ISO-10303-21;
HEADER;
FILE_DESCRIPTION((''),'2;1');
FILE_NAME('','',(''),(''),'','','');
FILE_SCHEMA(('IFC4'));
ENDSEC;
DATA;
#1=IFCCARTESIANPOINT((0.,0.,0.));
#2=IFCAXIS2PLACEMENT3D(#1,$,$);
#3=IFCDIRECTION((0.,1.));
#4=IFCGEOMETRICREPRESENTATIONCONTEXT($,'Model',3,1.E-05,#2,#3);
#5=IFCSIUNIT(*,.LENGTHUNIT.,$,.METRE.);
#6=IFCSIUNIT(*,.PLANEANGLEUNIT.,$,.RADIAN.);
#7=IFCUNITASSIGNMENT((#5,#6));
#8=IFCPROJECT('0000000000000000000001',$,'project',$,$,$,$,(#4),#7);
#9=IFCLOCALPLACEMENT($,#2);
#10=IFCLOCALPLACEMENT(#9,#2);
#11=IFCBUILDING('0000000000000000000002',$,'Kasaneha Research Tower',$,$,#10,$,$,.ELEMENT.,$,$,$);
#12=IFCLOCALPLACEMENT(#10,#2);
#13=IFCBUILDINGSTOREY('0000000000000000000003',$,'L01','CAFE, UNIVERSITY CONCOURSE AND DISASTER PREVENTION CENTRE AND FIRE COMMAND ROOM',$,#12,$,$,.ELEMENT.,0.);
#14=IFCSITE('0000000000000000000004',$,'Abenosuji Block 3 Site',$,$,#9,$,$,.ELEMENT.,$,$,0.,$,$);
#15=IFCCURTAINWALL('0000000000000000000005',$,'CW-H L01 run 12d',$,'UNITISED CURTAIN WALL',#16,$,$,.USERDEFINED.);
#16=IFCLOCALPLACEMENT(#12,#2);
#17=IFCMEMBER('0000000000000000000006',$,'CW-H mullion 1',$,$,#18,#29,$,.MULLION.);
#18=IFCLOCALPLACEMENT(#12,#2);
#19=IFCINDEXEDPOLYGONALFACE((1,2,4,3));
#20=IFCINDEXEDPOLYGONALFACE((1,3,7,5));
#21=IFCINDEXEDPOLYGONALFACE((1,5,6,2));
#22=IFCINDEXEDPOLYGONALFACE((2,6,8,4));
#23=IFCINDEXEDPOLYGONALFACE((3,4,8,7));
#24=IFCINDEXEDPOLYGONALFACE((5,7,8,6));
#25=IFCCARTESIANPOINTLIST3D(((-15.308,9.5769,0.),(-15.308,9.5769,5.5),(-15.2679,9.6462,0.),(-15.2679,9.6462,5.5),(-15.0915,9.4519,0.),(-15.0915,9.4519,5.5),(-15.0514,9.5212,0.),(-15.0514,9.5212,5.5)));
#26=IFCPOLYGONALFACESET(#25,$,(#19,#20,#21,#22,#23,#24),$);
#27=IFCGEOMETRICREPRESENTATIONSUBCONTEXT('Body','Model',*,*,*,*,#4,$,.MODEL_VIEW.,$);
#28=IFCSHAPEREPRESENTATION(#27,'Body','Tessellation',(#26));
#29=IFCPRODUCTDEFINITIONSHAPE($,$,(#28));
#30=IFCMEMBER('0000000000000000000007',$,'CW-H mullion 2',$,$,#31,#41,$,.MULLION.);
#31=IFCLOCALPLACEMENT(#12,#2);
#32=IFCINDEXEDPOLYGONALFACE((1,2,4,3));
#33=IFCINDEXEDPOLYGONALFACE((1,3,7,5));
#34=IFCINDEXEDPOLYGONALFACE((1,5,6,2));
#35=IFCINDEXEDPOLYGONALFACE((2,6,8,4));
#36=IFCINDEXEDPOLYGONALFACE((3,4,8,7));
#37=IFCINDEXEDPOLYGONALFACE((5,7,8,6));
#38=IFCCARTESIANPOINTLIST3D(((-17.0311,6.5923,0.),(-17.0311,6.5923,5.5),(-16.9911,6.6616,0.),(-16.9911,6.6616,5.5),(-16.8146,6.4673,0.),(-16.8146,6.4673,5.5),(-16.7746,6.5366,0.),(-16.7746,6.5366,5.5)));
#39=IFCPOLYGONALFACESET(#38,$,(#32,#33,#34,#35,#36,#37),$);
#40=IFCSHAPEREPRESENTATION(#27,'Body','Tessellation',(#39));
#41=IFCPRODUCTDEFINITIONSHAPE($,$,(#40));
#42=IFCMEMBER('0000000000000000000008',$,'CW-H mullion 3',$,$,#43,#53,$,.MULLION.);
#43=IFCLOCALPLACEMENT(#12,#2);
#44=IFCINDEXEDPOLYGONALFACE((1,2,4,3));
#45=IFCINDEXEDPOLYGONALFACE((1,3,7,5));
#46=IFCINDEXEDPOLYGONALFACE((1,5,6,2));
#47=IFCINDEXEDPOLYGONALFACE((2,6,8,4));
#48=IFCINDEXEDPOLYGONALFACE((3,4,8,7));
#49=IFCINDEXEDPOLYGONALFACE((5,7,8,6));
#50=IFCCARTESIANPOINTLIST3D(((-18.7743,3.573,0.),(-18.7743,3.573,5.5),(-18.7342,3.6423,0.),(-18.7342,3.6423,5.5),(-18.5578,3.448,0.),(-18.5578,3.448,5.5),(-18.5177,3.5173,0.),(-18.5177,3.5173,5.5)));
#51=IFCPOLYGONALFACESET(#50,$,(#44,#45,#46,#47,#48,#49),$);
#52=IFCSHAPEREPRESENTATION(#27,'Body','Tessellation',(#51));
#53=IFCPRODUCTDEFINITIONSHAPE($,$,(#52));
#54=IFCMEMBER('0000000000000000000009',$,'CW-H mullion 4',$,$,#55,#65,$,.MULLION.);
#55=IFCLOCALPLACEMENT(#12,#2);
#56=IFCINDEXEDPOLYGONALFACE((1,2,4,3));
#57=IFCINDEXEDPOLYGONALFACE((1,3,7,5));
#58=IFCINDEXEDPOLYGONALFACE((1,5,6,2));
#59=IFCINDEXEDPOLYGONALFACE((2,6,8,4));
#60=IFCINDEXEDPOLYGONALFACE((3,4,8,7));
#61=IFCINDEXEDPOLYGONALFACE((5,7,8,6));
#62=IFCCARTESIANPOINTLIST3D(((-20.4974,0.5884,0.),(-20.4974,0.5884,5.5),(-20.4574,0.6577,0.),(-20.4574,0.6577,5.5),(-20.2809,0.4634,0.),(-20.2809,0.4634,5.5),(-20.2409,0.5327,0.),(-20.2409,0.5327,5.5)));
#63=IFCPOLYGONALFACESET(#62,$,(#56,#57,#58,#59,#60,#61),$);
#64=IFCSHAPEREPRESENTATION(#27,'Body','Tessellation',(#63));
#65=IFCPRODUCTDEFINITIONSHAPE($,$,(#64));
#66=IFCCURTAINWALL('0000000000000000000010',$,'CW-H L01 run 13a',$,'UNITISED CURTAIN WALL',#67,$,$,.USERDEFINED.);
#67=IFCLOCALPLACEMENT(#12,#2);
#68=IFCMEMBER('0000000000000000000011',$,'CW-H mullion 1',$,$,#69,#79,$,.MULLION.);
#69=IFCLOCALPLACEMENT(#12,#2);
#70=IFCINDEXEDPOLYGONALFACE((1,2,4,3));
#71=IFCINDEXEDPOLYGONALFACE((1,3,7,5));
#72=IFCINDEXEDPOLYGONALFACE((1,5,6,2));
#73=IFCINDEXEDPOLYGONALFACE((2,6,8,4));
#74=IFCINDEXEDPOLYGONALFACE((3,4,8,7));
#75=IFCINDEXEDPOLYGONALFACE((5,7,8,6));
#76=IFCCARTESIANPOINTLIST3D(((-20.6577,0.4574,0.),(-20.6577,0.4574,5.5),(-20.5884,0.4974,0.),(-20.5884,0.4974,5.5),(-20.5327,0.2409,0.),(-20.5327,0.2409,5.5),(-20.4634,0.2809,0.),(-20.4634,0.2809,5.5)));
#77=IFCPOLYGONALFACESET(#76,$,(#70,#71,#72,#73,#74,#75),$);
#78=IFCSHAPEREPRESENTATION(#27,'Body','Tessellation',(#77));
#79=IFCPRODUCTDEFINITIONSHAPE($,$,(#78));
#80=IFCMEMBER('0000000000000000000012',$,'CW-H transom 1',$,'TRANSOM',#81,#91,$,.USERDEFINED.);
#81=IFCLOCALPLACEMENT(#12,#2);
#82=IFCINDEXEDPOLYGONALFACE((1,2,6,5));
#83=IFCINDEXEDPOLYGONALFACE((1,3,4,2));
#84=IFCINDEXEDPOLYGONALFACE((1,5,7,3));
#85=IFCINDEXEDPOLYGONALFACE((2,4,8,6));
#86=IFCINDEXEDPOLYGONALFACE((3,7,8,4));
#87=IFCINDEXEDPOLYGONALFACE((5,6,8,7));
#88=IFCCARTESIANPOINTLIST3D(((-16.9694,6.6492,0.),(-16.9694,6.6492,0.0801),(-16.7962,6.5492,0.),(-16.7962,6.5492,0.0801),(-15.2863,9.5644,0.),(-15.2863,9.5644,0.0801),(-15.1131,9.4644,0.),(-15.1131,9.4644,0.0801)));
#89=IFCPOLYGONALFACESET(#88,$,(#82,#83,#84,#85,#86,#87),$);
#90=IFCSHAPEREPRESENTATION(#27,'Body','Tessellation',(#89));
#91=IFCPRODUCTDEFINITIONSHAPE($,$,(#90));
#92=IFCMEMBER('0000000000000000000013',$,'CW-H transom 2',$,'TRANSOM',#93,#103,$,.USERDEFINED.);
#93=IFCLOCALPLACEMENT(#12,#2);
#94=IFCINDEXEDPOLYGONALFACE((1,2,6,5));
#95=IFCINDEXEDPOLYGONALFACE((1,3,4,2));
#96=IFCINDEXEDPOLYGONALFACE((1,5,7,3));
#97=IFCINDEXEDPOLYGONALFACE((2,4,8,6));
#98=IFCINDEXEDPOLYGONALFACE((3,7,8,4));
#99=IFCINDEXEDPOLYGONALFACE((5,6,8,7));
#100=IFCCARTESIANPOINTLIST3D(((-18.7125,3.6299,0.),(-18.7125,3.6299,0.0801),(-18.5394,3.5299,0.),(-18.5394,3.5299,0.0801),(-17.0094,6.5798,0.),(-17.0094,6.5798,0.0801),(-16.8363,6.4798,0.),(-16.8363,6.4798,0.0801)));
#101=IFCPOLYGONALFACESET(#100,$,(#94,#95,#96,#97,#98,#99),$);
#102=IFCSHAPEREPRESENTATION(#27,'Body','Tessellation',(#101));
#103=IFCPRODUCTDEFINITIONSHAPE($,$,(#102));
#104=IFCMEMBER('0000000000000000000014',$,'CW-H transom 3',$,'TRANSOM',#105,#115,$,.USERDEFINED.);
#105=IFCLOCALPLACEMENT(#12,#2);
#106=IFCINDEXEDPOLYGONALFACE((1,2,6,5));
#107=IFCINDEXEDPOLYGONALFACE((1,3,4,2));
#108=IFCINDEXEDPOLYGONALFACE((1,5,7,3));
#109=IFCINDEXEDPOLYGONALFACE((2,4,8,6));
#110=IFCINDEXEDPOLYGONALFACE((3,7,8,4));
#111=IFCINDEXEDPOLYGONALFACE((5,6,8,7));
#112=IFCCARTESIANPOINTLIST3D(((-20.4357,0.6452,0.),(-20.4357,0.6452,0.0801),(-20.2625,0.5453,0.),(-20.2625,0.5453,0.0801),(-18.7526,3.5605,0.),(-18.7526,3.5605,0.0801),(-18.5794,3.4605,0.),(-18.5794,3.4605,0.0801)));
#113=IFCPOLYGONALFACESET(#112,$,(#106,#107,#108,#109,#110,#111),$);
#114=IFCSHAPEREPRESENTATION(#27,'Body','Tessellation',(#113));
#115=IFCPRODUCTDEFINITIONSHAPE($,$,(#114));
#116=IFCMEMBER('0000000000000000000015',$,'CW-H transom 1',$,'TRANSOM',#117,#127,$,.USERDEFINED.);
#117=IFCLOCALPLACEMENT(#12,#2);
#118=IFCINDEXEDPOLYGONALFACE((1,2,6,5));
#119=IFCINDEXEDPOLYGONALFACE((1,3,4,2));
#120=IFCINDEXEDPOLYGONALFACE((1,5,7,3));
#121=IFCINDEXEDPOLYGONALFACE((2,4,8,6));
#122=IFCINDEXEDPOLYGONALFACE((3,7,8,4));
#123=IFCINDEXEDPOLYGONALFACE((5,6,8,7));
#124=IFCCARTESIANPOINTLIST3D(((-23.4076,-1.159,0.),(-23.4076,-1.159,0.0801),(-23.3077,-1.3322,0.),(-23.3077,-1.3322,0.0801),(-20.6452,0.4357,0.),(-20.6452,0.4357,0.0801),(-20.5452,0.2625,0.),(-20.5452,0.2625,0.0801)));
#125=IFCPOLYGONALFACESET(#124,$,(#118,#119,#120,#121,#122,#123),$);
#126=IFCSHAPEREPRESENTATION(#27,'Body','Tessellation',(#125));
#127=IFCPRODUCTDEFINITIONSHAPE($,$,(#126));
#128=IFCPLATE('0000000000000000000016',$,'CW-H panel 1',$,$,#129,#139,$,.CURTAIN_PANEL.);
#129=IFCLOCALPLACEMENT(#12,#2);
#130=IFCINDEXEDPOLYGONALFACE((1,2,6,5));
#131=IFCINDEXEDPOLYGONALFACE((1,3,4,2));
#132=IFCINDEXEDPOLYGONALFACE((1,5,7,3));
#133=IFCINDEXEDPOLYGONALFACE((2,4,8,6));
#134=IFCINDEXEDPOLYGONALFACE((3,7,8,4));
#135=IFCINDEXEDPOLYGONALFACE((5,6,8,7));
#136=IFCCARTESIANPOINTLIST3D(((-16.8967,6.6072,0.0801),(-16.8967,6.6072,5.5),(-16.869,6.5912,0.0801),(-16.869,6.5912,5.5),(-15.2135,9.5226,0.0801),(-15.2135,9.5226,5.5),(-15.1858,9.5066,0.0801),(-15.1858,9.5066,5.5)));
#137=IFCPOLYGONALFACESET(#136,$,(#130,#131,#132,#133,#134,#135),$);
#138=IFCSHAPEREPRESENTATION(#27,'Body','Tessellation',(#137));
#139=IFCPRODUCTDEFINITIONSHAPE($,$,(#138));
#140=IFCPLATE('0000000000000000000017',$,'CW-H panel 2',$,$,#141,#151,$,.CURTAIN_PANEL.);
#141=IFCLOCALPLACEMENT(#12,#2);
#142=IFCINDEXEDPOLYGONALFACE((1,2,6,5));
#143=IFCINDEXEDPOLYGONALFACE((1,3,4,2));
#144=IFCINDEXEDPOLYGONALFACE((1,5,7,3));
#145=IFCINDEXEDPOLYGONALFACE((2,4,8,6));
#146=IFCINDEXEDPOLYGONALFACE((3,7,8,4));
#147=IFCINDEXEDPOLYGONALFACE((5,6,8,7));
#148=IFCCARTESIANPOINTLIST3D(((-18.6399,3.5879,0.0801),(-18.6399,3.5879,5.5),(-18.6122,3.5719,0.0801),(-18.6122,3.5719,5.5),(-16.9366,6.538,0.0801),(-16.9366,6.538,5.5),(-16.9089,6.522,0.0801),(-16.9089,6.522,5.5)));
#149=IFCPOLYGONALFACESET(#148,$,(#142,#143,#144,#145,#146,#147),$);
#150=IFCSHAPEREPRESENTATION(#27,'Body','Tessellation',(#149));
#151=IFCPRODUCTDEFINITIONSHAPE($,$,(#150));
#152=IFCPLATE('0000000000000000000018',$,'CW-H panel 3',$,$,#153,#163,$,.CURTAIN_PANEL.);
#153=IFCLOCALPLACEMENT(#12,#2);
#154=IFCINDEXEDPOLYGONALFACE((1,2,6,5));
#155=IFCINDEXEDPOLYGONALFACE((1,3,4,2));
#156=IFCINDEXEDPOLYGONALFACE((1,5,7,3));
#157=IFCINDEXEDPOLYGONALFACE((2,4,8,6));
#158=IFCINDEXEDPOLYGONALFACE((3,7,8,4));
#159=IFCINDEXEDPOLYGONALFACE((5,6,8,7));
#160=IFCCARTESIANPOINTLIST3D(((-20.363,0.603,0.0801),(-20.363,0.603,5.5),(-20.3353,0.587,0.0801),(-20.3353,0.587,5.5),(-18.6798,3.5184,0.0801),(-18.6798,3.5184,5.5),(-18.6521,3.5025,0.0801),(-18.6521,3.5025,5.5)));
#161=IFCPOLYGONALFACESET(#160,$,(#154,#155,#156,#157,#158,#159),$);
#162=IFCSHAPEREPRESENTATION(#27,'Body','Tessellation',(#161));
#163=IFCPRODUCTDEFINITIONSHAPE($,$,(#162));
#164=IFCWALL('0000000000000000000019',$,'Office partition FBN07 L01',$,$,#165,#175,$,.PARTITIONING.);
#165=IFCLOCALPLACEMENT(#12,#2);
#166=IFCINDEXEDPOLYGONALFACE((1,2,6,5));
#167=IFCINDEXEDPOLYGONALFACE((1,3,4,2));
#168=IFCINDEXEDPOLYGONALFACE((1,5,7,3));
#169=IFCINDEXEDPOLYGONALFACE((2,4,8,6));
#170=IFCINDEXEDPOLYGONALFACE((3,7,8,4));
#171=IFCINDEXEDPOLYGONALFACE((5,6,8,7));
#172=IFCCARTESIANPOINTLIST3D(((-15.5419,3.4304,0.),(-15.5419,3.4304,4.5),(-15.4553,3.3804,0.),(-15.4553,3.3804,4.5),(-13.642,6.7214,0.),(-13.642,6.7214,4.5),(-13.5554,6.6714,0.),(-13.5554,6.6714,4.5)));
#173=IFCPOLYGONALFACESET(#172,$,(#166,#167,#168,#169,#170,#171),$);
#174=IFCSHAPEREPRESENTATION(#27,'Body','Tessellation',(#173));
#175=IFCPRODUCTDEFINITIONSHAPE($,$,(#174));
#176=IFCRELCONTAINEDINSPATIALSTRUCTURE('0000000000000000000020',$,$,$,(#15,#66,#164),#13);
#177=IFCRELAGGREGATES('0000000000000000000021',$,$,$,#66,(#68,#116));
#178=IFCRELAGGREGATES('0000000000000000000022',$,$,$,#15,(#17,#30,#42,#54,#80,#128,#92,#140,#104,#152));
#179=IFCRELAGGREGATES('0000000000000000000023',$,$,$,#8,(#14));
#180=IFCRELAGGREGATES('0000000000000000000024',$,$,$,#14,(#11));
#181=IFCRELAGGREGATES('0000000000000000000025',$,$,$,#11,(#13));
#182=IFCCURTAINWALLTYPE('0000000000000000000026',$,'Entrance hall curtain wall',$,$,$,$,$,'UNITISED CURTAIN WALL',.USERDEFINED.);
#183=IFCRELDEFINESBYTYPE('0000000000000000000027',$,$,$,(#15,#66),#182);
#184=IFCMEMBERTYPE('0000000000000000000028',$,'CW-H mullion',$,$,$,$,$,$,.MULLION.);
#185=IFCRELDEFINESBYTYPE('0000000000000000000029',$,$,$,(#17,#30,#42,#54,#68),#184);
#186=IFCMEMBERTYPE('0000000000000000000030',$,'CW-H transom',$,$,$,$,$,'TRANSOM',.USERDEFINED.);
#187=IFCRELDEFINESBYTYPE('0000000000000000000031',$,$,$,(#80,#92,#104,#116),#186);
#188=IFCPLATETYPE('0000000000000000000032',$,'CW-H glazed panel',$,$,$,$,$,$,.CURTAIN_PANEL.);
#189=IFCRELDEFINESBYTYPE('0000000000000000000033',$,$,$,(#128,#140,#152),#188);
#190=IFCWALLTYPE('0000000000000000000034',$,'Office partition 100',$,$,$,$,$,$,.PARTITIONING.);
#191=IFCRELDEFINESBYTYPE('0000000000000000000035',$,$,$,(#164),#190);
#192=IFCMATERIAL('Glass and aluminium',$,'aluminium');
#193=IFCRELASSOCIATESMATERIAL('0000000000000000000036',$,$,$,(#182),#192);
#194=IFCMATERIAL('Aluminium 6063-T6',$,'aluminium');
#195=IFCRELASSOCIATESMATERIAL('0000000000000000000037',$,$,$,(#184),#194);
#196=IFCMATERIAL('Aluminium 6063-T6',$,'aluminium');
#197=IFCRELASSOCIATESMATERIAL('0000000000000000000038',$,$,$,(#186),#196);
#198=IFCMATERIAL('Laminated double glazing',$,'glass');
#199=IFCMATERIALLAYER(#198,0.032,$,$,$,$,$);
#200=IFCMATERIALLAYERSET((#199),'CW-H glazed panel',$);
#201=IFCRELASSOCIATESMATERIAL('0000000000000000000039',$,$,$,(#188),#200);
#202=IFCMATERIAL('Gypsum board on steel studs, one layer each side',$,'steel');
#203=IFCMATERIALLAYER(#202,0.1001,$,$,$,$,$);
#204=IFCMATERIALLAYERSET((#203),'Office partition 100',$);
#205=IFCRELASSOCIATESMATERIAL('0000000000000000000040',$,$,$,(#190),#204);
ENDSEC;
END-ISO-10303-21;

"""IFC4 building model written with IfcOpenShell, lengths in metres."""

from ifc_helpers import new_model, si_unit, direction, frame, frame_2d, origin, origin_2d, place, context, subcontext, project, spatial, rectangle, extrude, material, layer, layer_set, material_profile, profile_set, type_object, element, aggregate, save


model = new_model("IFC4")

# Units and contexts
model_context = context("Model", 3, precision=1e-05, world=origin(), true_north=direction((0.0, 1.0)))
body_context = subcontext(model_context, "Body", "Model", "MODEL_VIEW")
ifc_project = project(units=[si_unit("LENGTHUNIT", "METRE"), si_unit("PLANEANGLEUNIT", "RADIAN")], contexts=[model_context])

# Site, building, storey
site_placement = place(None, origin())
site = spatial("IfcSite", under=ifc_project, at=site_placement, Name="Abenosuji Block 3 Site", CompositionType="ELEMENT", RefElevation=0.0)
building_placement = place(site_placement, origin())
building = spatial("IfcBuilding", under=site, at=building_placement, Name="Kasaneha Research Tower", CompositionType="ELEMENT")
storey_placement = place(building_placement, origin())
storey = spatial("IfcBuildingStorey", under=building, at=storey_placement, Name="L01", Description="CAFE, UNIVERSITY CONCOURSE AND DISASTER PREVENTION CENTRE AND FIRE COMMAND ROOM", CompositionType="ELEMENT", Elevation=0.0)

# Curtain wall, members
ifc_material_1 = material(Name="Glass and aluminium", Category="aluminium")
curtain_wall_type = type_object("IfcCurtainWallType", Name="Entrance hall curtain wall", ElementType="UNITISED CURTAIN WALL", PredefinedType="USERDEFINED", material=ifc_material_1)
curtain_wall_1_placement = place(storey_placement, origin())
curtain_wall_1 = element("IfcCurtainWall", 1, at=curtain_wall_1_placement, inside=storey, type_object=curtain_wall_type, Name="CW-H L01 run 12d", ObjectType="UNITISED CURTAIN WALL", PredefinedType="USERDEFINED")
ifc_material_2 = material(Name="Aluminium 6063-T6", Category="aluminium")
ifc_material_profile_1 = material_profile(ifc_material_2, rectangle(XDim=0.0801, YDim=0.25, at=origin_2d()), Name="CW-H mullion 80x250")
ifc_profile_set_1 = profile_set([ifc_material_profile_1], Name="Aluminium 6063-T6")
member_type_1 = type_object("IfcMemberType", Name="CW-H mullion", PredefinedType="MULLION", material=ifc_profile_set_1)
member_1_placement = place(storey_placement, frame((-15.1797, 9.5491, 0.0), z_axis=(0.0, 0.0, 1.0), x_axis=(-0.5, -0.866025, 0.0)))
member_1 = element("IfcMember", 2, at=member_1_placement, type_object=member_type_1, Name="CW-H mullion 1", PredefinedType="MULLION", context=body_context, shape_type="SweptSolid", body=[
    extrude(rectangle(XDim=0.0801, YDim=0.25, at=origin_2d()), origin(), (0.0, 0.0, 1.0), 5.5),
])
member_2_placement = place(storey_placement, frame((-16.9028, 6.5645, 0.0), z_axis=(0.0, 0.0, 1.0), x_axis=(-0.5, -0.866025, 0.0)))
member_2 = element("IfcMember", 3, at=member_2_placement, type_object=member_type_1, Name="CW-H mullion 2", PredefinedType="MULLION", context=body_context, shape_type="SweptSolid", body=[
    extrude(rectangle(XDim=0.0801, YDim=0.25, at=origin_2d()), origin(), (0.0, 0.0, 1.0), 5.5),
])
member_3_placement = place(storey_placement, frame((-18.646, 3.5452, 0.0), z_axis=(0.0, 0.0, 1.0), x_axis=(-0.5, -0.866025, 0.0)))
member_3 = element("IfcMember", 4, at=member_3_placement, type_object=member_type_1, Name="CW-H mullion 3", PredefinedType="MULLION", context=body_context, shape_type="SweptSolid", body=[
    extrude(rectangle(XDim=0.0801, YDim=0.25, at=origin_2d()), origin(), (0.0, 0.0, 1.0), 5.5),
])
member_4_placement = place(storey_placement, frame((-20.3691, 0.5605, 0.0), z_axis=(0.0, 0.0, 1.0), x_axis=(-0.5, -0.866025, 0.0)))
member_4 = element("IfcMember", 5, at=member_4_placement, type_object=member_type_1, Name="CW-H mullion 4", PredefinedType="MULLION", context=body_context, shape_type="SweptSolid", body=[
    extrude(rectangle(XDim=0.0801, YDim=0.25, at=origin_2d()), origin(), (0.0, 0.0, 1.0), 5.5),
])

# Curtain wall, member
curtain_wall_2_placement = place(storey_placement, origin())
curtain_wall_2 = element("IfcCurtainWall", 6, at=curtain_wall_2_placement, inside=storey, type_object=curtain_wall_type, Name="CW-H L01 run 13a", ObjectType="UNITISED CURTAIN WALL", PredefinedType="USERDEFINED")
member_5_placement = place(storey_placement, frame((-20.5605, 0.3691, 0.0), z_axis=(0.0, 0.0, 1.0), x_axis=(-0.866025, -0.5, 0.0)))
member_5 = element("IfcMember", 7, at=member_5_placement, type_object=member_type_1, Name="CW-H mullion 1", PredefinedType="MULLION", context=body_context, shape_type="SweptSolid", body=[
    extrude(rectangle(XDim=0.0801, YDim=0.25, at=origin_2d()), origin(), (0.0, 0.0, 1.0), 5.5),
])

# Members
ifc_material_3 = material(Name="Aluminium 6063-T6", Category="aluminium")
ifc_material_profile_2 = material_profile(ifc_material_3, rectangle(XDim=0.2, YDim=0.0801, at=origin_2d()), Name="CW-H transom 200x80")
ifc_profile_set_2 = profile_set([ifc_material_profile_2], Name="Aluminium 6063-T6")
member_type_2 = type_object("IfcMemberType", Name="CW-H transom", ElementType="TRANSOM", PredefinedType="USERDEFINED", material=ifc_profile_set_2)
member_6_placement = place(storey_placement, frame((-15.1997, 9.5144, 0.04), z_axis=(-0.499992, -0.86603, 0.0), x_axis=(0.86603, -0.499992, 0.0)))
member_6 = element("IfcMember", 8, at=member_6_placement, type_object=member_type_2, Name="CW-H transom 1", ObjectType="TRANSOM", PredefinedType="USERDEFINED", context=body_context, shape_type="SweptSolid", body=[
    extrude(rectangle(XDim=0.2, YDim=0.0801, at=origin_2d()), origin(), (0.0, 0.0, 1.0), 3.3662),
])
member_7_placement = place(storey_placement, frame((-16.9229, 6.5298, 0.04), z_axis=(-0.499993, -0.866029, 0.0), x_axis=(0.866029, -0.499993, 0.0)))
member_7 = element("IfcMember", 9, at=member_7_placement, type_object=member_type_2, Name="CW-H transom 2", ObjectType="TRANSOM", PredefinedType="USERDEFINED", context=body_context, shape_type="SweptSolid", body=[
    extrude(rectangle(XDim=0.2, YDim=0.0801, at=origin_2d()), origin(), (0.0, 0.0, 1.0), 3.4062),
])
member_8_placement = place(storey_placement, frame((-18.666, 3.5105, 0.04), z_axis=(-0.499992, -0.86603, 0.0), x_axis=(0.86603, -0.499992, 0.0)))
member_8 = element("IfcMember", 10, at=member_8_placement, type_object=member_type_2, Name="CW-H transom 3", ObjectType="TRANSOM", PredefinedType="USERDEFINED", context=body_context, shape_type="SweptSolid", body=[
    extrude(rectangle(XDim=0.2, YDim=0.0801, at=origin_2d()), origin(), (0.0, 0.0, 1.0), 3.3662),
])
member_9_placement = place(storey_placement, frame((-20.5952, 0.3491, 0.04), z_axis=(-0.866049, -0.499959, 0.0), x_axis=(0.499959, -0.866049, 0.0)))
member_9 = element("IfcMember", 11, at=member_9_placement, type_object=member_type_2, Name="CW-H transom 1", ObjectType="TRANSOM", PredefinedType="USERDEFINED", context=body_context, shape_type="SweptSolid", body=[
    extrude(rectangle(XDim=0.2, YDim=0.0801, at=origin_2d()), origin(), (0.0, 0.0, 1.0), 3.1897),
])
aggregate(curtain_wall_2, [member_5, member_9])

# Plates
ifc_material_4 = material(Name="Laminated double glazing", Category="glass")
ifc_layer_1 = layer(ifc_material_4, 0.032)
ifc_layer_set_1 = layer_set([ifc_layer_1], Name="CW-H glazed panel")
plate_type = type_object("IfcPlateType", Name="CW-H glazed panel", PredefinedType="CURTAIN_PANEL", material=ifc_layer_set_1)
plate_1_placement = place(storey_placement, frame((-16.0413, 8.0569, 0.0801), z_axis=(0.0, 0.0, 1.0), x_axis=(-0.5, -0.866025, 0.0)))
plate_1 = element("IfcPlate", 12, at=plate_1_placement, type_object=plate_type, Name="CW-H panel 1", PredefinedType="CURTAIN_PANEL", context=body_context, shape_type="SweptSolid", body=[
    extrude(rectangle(XDim=3.3665, YDim=0.032, at=origin_2d()), origin(), (0.0, 0.0, 1.0), 5.4199),
])
plate_2_placement = place(storey_placement, frame((-17.7744, 5.0549, 0.0801), z_axis=(0.0, 0.0, 1.0), x_axis=(-0.5, -0.866025, 0.0)))
plate_2 = element("IfcPlate", 13, at=plate_2_placement, type_object=plate_type, Name="CW-H panel 2", PredefinedType="CURTAIN_PANEL", context=body_context, shape_type="SweptSolid", body=[
    extrude(rectangle(XDim=3.4065, YDim=0.032, at=origin_2d()), origin(), (0.0, 0.0, 1.0), 5.4199),
])
plate_3_placement = place(storey_placement, frame((-19.5076, 2.0527, 0.0801), z_axis=(0.0, 0.0, 1.0), x_axis=(-0.5, -0.866025, 0.0)))
plate_3 = element("IfcPlate", 14, at=plate_3_placement, type_object=plate_type, Name="CW-H panel 3", PredefinedType="CURTAIN_PANEL", context=body_context, shape_type="SweptSolid", body=[
    extrude(rectangle(XDim=3.3665, YDim=0.032, at=origin_2d()), origin(), (0.0, 0.0, 1.0), 5.4199),
])
aggregate(curtain_wall_1, [member_1, member_2, member_3, member_4, member_6, plate_1, member_7, plate_2, member_8, plate_3])

# Wall
ifc_material_5 = material(Name="Gypsum board on steel studs, one layer each side", Category="steel")
ifc_layer_2 = layer(ifc_material_5, 0.1001)
ifc_layer_set_2 = layer_set([ifc_layer_2], Name="Office partition 100")
wall_type_1 = type_object("IfcWallType", Name="Office partition 100", PredefinedType="PARTITIONING", material=ifc_layer_set_2)
wall_1_placement = place(storey_placement, frame((-15.4985, 3.4055, 0.0), z_axis=(0.0, 0.0, 1.0), x_axis=(0.499967, 0.866044, 0.0)))
element("IfcWall", 15, at=wall_1_placement, inside=storey, type_object=wall_type_1, Name="Office partition FBN07 L01", PredefinedType="PARTITIONING", context=body_context, shape_type="SweptSolid", body=[
    extrude(rectangle(XDim=3.8, YDim=0.1001, at=frame_2d((1.8999, 0.0))), origin(), (0.0, 0.0, 1.0), 4.5),
])

save(model, "model.ifc")
